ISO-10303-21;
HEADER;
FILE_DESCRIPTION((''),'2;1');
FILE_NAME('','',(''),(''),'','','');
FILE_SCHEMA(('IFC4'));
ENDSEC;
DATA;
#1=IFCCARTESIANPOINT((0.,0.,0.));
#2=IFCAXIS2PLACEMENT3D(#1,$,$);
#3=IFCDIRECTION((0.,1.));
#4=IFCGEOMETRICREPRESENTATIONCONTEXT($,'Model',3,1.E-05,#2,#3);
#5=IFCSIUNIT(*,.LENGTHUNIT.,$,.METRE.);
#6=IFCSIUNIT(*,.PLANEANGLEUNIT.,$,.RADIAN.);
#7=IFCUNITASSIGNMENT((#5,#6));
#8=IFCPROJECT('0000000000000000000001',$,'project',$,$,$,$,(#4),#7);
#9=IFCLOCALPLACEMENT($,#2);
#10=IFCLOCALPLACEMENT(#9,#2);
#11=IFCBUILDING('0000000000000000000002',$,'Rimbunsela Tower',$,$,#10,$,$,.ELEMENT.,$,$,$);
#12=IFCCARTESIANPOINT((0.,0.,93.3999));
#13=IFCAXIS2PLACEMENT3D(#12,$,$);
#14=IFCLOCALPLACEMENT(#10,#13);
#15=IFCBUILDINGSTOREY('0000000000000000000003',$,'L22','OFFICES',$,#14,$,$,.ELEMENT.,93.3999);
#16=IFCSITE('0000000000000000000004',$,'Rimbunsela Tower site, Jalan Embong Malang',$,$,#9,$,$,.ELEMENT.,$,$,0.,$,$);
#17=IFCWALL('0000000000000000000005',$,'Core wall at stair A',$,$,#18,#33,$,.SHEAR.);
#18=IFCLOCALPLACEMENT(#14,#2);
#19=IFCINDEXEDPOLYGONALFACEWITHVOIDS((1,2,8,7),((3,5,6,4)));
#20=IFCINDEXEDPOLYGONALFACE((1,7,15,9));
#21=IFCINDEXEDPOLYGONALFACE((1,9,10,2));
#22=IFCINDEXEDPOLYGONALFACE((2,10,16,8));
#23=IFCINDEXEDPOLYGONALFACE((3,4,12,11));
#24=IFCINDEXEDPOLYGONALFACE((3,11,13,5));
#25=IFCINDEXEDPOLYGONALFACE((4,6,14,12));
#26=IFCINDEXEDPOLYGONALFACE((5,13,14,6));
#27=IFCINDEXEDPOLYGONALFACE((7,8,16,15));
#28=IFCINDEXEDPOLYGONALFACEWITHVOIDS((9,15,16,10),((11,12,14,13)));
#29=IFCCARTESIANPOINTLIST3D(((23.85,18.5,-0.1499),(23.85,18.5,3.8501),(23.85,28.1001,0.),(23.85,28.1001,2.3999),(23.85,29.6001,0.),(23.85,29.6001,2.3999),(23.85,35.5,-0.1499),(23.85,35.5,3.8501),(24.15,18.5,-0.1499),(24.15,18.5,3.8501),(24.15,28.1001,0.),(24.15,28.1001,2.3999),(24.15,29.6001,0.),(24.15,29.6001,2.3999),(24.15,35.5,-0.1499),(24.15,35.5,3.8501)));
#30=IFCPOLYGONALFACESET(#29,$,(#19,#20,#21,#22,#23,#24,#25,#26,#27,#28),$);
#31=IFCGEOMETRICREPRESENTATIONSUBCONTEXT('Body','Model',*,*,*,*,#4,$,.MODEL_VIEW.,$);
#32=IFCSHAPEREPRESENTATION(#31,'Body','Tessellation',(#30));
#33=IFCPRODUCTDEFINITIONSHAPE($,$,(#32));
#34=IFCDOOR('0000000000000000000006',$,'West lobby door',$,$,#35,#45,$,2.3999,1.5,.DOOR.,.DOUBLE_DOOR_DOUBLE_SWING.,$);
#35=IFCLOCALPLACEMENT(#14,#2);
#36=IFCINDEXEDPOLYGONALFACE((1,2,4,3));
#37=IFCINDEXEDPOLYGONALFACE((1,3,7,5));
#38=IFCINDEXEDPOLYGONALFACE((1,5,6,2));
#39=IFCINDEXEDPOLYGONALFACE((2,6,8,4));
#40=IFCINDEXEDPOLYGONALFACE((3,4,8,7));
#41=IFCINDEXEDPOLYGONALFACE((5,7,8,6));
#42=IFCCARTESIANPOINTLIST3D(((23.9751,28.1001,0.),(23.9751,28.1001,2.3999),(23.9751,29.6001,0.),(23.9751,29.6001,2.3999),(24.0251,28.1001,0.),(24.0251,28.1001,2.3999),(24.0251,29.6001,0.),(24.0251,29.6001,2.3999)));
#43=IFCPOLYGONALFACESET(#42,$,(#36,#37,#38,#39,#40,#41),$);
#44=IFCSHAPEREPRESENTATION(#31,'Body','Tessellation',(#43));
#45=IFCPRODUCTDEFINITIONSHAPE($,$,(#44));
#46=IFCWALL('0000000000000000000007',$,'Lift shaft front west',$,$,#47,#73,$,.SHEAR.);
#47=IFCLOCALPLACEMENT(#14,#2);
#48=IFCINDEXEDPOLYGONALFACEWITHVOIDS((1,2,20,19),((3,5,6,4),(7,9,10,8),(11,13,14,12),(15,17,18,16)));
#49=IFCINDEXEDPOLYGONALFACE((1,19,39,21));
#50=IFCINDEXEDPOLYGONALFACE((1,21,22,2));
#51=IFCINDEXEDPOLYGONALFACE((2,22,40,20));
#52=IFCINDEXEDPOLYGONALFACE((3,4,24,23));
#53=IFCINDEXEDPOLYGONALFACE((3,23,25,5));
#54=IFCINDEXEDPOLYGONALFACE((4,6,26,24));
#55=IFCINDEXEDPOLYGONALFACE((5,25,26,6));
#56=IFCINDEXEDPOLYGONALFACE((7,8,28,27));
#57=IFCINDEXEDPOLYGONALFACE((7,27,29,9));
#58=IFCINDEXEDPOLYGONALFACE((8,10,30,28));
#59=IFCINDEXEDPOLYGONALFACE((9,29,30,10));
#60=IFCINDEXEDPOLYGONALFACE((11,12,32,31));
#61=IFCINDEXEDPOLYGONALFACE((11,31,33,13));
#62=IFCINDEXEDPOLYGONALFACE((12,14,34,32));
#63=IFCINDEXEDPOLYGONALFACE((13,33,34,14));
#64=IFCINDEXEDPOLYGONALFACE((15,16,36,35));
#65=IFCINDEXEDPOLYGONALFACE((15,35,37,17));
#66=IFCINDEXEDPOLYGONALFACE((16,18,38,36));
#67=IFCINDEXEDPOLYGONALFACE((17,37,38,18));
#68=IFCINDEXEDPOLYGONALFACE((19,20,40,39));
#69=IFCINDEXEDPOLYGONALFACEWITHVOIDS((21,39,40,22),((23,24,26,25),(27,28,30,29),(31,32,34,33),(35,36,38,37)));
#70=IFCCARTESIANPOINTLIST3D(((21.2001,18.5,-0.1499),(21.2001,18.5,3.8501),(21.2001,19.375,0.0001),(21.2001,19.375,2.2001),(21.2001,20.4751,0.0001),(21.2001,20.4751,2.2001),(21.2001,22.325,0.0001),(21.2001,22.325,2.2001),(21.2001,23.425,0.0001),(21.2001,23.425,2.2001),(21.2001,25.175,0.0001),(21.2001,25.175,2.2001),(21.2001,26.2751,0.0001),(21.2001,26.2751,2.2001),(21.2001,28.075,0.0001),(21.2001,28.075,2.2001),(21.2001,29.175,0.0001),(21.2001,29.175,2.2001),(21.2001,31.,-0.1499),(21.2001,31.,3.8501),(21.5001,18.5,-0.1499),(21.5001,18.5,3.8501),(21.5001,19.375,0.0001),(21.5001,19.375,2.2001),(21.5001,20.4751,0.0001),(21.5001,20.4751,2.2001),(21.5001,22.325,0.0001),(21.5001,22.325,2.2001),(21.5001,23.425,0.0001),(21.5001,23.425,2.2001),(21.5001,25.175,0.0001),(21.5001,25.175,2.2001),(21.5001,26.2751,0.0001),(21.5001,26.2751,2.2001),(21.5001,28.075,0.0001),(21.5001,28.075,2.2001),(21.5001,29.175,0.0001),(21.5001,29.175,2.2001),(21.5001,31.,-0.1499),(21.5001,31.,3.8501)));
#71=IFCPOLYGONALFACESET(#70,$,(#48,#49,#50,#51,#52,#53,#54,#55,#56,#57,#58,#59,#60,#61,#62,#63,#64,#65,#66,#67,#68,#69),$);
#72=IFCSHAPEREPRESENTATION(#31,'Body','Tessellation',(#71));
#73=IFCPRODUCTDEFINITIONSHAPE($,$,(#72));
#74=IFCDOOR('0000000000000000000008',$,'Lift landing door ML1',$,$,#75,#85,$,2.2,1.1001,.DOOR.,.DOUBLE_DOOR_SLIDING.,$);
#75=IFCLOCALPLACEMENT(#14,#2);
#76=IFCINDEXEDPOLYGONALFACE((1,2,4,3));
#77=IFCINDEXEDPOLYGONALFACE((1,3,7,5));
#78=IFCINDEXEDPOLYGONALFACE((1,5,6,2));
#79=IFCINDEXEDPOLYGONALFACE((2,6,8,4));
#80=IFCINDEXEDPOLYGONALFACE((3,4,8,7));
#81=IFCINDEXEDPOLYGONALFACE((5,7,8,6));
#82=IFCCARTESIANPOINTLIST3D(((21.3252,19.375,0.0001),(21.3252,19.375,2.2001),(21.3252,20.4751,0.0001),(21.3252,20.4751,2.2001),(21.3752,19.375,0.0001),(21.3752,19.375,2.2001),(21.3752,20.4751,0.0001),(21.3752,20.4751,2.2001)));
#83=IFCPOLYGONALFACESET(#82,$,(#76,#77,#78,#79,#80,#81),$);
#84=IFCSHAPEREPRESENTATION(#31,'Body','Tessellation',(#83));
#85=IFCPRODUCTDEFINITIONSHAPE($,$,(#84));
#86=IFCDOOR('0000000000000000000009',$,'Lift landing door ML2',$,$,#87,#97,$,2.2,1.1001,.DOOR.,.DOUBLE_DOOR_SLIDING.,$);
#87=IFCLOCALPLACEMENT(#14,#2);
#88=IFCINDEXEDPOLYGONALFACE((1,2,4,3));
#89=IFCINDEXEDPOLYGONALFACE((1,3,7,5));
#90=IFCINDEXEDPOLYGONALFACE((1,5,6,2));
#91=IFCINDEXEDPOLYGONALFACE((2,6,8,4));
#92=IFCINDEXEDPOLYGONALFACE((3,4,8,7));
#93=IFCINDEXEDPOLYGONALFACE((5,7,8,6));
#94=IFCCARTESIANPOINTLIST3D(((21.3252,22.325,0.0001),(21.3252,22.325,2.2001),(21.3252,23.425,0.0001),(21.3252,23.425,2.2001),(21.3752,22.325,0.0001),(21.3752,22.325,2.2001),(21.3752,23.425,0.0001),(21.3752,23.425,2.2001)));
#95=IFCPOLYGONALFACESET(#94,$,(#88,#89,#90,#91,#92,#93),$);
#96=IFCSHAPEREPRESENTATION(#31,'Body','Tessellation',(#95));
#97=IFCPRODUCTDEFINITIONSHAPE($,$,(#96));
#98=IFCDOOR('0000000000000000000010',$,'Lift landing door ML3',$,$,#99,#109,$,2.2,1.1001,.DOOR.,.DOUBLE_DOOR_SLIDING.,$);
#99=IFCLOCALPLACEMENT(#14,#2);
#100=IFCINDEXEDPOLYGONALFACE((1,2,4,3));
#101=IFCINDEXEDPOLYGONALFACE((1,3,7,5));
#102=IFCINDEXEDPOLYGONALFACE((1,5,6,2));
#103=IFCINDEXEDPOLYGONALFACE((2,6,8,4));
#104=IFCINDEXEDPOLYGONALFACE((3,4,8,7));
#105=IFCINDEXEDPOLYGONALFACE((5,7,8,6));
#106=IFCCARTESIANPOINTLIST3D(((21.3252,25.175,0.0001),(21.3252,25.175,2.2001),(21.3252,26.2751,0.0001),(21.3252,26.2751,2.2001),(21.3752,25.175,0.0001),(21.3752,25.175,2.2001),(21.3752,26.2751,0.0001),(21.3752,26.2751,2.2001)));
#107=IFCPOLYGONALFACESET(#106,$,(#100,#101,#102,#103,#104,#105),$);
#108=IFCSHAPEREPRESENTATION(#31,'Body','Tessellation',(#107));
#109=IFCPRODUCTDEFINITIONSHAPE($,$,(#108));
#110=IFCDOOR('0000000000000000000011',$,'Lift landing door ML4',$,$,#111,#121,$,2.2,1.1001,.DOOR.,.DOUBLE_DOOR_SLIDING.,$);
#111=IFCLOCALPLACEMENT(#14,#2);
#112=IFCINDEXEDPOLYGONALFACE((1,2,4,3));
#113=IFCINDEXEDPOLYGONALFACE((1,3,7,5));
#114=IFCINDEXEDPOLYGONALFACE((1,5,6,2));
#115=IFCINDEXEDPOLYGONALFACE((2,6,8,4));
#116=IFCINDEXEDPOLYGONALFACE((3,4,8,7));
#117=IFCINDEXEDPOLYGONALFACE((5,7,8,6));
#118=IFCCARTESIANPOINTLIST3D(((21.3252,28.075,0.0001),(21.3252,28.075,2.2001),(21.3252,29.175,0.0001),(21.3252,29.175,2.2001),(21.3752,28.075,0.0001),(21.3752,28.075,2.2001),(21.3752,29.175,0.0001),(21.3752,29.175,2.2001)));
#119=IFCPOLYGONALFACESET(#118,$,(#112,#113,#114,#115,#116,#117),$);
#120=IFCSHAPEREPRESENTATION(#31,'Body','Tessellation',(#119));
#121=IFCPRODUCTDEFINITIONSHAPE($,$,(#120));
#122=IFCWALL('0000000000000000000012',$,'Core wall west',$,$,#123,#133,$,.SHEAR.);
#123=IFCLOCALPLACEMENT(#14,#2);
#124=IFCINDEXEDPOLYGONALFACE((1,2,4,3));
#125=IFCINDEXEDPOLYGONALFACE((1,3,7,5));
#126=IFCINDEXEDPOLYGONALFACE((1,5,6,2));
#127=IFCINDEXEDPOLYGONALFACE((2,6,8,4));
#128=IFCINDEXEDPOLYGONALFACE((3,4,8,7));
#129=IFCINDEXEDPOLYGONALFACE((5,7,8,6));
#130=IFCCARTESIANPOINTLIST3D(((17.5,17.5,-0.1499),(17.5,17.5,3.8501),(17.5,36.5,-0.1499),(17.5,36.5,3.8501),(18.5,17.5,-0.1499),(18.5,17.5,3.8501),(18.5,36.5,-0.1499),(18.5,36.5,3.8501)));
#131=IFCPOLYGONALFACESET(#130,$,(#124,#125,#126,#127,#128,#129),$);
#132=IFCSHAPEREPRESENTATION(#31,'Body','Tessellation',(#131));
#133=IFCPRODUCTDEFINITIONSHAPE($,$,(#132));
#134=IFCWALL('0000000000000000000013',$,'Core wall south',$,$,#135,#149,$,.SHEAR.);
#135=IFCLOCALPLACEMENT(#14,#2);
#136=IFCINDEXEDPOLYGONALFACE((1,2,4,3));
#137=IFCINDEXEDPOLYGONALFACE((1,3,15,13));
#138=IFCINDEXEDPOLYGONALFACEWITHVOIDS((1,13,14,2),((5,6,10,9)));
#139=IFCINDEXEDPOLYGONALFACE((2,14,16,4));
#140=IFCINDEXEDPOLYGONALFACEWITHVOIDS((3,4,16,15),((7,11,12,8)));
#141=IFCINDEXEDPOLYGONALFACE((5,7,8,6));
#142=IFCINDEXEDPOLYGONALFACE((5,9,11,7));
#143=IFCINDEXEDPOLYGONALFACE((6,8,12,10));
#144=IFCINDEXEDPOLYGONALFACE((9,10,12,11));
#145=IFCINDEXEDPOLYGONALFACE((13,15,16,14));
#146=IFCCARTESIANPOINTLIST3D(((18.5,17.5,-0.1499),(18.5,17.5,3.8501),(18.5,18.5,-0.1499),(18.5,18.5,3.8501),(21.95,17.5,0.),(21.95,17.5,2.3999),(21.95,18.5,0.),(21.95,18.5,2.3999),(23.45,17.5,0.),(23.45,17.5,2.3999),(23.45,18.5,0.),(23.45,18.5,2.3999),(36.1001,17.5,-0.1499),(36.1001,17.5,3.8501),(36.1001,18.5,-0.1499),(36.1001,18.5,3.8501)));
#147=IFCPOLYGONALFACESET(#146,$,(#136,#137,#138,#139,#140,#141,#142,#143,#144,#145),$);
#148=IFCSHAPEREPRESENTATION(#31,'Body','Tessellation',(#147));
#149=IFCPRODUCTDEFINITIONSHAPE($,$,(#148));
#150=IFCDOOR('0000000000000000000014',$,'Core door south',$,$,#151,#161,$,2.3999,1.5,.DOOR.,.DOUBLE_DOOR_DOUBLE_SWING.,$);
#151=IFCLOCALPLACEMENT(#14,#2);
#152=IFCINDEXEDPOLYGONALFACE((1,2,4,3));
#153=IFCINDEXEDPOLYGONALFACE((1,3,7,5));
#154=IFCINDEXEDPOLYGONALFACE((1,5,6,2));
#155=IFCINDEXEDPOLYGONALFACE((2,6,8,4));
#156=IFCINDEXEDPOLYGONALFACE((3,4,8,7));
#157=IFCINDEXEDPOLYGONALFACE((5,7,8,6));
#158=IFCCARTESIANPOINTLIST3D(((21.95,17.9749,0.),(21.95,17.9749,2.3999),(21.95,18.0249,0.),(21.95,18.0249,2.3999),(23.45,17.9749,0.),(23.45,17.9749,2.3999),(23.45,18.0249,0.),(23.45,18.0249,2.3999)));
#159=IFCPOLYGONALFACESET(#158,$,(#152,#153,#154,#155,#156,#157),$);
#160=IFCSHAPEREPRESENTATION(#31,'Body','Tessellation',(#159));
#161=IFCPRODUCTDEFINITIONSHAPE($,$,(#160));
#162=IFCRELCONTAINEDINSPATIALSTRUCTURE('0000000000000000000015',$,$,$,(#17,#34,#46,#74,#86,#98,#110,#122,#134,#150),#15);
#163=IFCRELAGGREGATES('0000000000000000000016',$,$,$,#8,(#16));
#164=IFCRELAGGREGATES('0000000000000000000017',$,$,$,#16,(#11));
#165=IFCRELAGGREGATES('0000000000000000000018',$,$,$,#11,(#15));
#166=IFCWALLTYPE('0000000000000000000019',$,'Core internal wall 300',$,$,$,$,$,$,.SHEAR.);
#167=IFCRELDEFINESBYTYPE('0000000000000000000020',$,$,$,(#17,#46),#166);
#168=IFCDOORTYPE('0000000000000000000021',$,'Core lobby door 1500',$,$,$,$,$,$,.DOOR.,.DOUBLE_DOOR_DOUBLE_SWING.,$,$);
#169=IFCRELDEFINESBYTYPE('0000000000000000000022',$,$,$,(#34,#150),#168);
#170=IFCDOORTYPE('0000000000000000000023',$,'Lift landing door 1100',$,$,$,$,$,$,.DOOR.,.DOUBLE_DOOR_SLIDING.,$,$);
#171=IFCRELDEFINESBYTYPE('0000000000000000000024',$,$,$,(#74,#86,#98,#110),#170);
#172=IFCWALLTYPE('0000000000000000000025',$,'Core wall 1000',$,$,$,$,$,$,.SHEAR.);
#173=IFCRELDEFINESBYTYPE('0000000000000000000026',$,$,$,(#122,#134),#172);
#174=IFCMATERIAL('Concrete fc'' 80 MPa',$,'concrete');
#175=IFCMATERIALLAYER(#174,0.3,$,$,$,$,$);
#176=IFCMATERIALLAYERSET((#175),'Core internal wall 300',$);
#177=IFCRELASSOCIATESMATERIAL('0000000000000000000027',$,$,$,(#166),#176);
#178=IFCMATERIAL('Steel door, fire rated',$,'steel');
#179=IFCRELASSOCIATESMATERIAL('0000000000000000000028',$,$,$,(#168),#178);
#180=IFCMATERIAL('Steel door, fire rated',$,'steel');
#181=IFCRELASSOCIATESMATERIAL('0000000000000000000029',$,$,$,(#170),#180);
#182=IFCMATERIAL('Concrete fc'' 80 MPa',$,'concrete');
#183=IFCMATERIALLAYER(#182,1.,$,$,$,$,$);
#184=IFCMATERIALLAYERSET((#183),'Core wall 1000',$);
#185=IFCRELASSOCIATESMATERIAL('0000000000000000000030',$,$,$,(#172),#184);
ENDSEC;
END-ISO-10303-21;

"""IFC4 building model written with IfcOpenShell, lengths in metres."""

from ifc_helpers import new_model, si_unit, direction, frame, frame_2d, origin, place, context, subcontext, project, spatial, rectangle, extrude, material, layer, layer_set, type_object, element, fill, save


model = new_model("IFC4")

# Units and contexts
model_context = context("Model", 3, precision=1e-05, world=origin(), true_north=direction((0.0, 1.0)))
body_context = subcontext(model_context, "Body", "Model", "MODEL_VIEW")
ifc_project = project(units=[si_unit("LENGTHUNIT", "METRE"), si_unit("PLANEANGLEUNIT", "RADIAN")], contexts=[model_context])

# Site, building, storey
site_placement = place(None, origin())
site = spatial("IfcSite", under=ifc_project, at=site_placement, Name="Rimbunsela Tower site, Jalan Embong Malang", CompositionType="ELEMENT", RefElevation=0.0)
building_placement = place(site_placement, origin())
building = spatial("IfcBuilding", under=site, at=building_placement, Name="Rimbunsela Tower", CompositionType="ELEMENT")
storey_placement = place(building_placement, frame((0.0, 0.0, 93.3999)))
storey = spatial("IfcBuildingStorey", under=building, at=storey_placement, Name="L22", Description="OFFICES", CompositionType="ELEMENT", Elevation=93.3999)

# Wall, opening, door
ifc_material_1 = material(Name="Concrete fc' 80 MPa", Category="concrete")
ifc_layer_1 = layer(ifc_material_1, 0.3)
ifc_layer_set_1 = layer_set([ifc_layer_1], Name="Core internal wall 300")
wall_type_1 = type_object("IfcWallType", Name="Core internal wall 300", PredefinedType="SHEAR", material=ifc_layer_set_1)
wall_1_placement = place(storey_placement, frame((24.0, 18.5, -0.1499), z_axis=(0.0, 0.0, 1.0), x_axis=(0.0, 1.0, 0.0)))
wall_1 = element("IfcWall", 1, at=wall_1_placement, inside=storey, type_object=wall_type_1, Name="Core wall at stair A", PredefinedType="SHEAR", context=body_context, shape_type="SweptSolid", body=[
    extrude(rectangle(XDim=17.0, YDim=0.3, at=frame_2d((8.5, 0.0))), origin(), (0.0, 0.0, 1.0), 4.0),
])
opening_1_placement = place(wall_1_placement, frame((9.6001, 0.0, 0.1499)))
opening_1 = element("IfcOpeningElement", 2, at=opening_1_placement, cuts=wall_1, PredefinedType="OPENING", context=body_context, shape_type="SweptSolid", body=[
    extrude(rectangle(XDim=1.5, YDim=2.3999, at=frame_2d((0.75, 1.2))), frame((0.0, 0.1599, 0.0), z_axis=(0.0, -1.0, 0.0), x_axis=(1.0, 0.0, 0.0)), (0.0, 0.0, 1.0), 0.3201),
])
ifc_material_2 = material(Name="Steel door, fire rated", Category="steel")
door_type_1 = type_object("IfcDoorType", Name="Core lobby door 1500", OperationType="DOUBLE_DOOR_DOUBLE_SWING", PredefinedType="DOOR", material=ifc_material_2)
door_1_placement = place(opening_1_placement, origin())
door_1 = element("IfcDoor", 3, at=door_1_placement, inside=storey, type_object=door_type_1, Name="West lobby door", OperationType="DOUBLE_DOOR_DOUBLE_SWING", OverallHeight=2.3999, OverallWidth=1.5, PredefinedType="DOOR", context=body_context, shape_type="SweptSolid", body=[
    extrude(rectangle(XDim=1.5, YDim=2.3999, at=frame_2d((0.75, 1.2))), frame((0.0, 0.0249, 0.0), z_axis=(0.0, -1.0, 0.0), x_axis=(1.0, 0.0, 0.0)), (0.0, 0.0, 1.0), 0.05),
])
fill(opening_1, door_1)

# Wall, openings, doors
wall_2_placement = place(storey_placement, frame((21.3501, 18.5, -0.1499), z_axis=(0.0, 0.0, 1.0), x_axis=(0.0, 1.0, 0.0)))
wall_2 = element("IfcWall", 4, at=wall_2_placement, inside=storey, type_object=wall_type_1, Name="Lift shaft front west", PredefinedType="SHEAR", context=body_context, shape_type="SweptSolid", body=[
    extrude(rectangle(XDim=12.5, YDim=0.3, at=frame_2d((6.25, 0.0))), origin(), (0.0, 0.0, 1.0), 4.0),
])
opening_2_placement = place(wall_2_placement, frame((0.875, 0.0, 0.1499)))
opening_2 = element("IfcOpeningElement", 5, at=opening_2_placement, cuts=wall_2, PredefinedType="OPENING", context=body_context, shape_type="SweptSolid", body=[
    extrude(rectangle(XDim=1.1001, YDim=2.2, at=frame_2d((0.55, 1.1001))), frame((0.0, 0.1599, 0.0), z_axis=(0.0, -1.0, 0.0), x_axis=(1.0, 0.0, 0.0)), (0.0, 0.0, 1.0), 0.3201),
])
opening_3_placement = place(wall_2_placement, frame((3.825, 0.0, 0.1499)))
opening_3 = element("IfcOpeningElement", 6, at=opening_3_placement, cuts=wall_2, PredefinedType="OPENING", context=body_context, shape_type="SweptSolid", body=[
    extrude(rectangle(XDim=1.1001, YDim=2.2, at=frame_2d((0.55, 1.1001))), frame((0.0, 0.1599, 0.0), z_axis=(0.0, -1.0, 0.0), x_axis=(1.0, 0.0, 0.0)), (0.0, 0.0, 1.0), 0.3201),
])
opening_4_placement = place(wall_2_placement, frame((6.675, 0.0, 0.1499)))
opening_4 = element("IfcOpeningElement", 7, at=opening_4_placement, cuts=wall_2, PredefinedType="OPENING", context=body_context, shape_type="SweptSolid", body=[
    extrude(rectangle(XDim=1.1001, YDim=2.2, at=frame_2d((0.55, 1.1001))), frame((0.0, 0.1599, 0.0), z_axis=(0.0, -1.0, 0.0), x_axis=(1.0, 0.0, 0.0)), (0.0, 0.0, 1.0), 0.3201),
])
opening_5_placement = place(wall_2_placement, frame((9.575, 0.0, 0.1499)))
opening_5 = element("IfcOpeningElement", 8, at=opening_5_placement, cuts=wall_2, PredefinedType="OPENING", context=body_context, shape_type="SweptSolid", body=[
    extrude(rectangle(XDim=1.1001, YDim=2.2, at=frame_2d((0.55, 1.1001))), frame((0.0, 0.1599, 0.0), z_axis=(0.0, -1.0, 0.0), x_axis=(1.0, 0.0, 0.0)), (0.0, 0.0, 1.0), 0.3201),
])
ifc_material_3 = material(Name="Steel door, fire rated", Category="steel")
door_type_2 = type_object("IfcDoorType", Name="Lift landing door 1100", OperationType="DOUBLE_DOOR_SLIDING", PredefinedType="DOOR", material=ifc_material_3)
door_2_placement = place(opening_2_placement, origin())
door_2 = element("IfcDoor", 9, at=door_2_placement, inside=storey, type_object=door_type_2, Name="Lift landing door ML1", OperationType="DOUBLE_DOOR_SLIDING", OverallHeight=2.2, OverallWidth=1.1001, PredefinedType="DOOR", context=body_context, shape_type="SweptSolid", body=[
    extrude(rectangle(XDim=1.1001, YDim=2.2, at=frame_2d((0.55, 1.1001))), frame((0.0, 0.0249, 0.0), z_axis=(0.0, -1.0, 0.0), x_axis=(1.0, 0.0, 0.0)), (0.0, 0.0, 1.0), 0.05),
])
fill(opening_2, door_2)
door_3_placement = place(opening_3_placement, origin())
door_3 = element("IfcDoor", 10, at=door_3_placement, inside=storey, type_object=door_type_2, Name="Lift landing door ML2", OperationType="DOUBLE_DOOR_SLIDING", OverallHeight=2.2, OverallWidth=1.1001, PredefinedType="DOOR", context=body_context, shape_type="SweptSolid", body=[
    extrude(rectangle(XDim=1.1001, YDim=2.2, at=frame_2d((0.55, 1.1001))), frame((0.0, 0.0249, 0.0), z_axis=(0.0, -1.0, 0.0), x_axis=(1.0, 0.0, 0.0)), (0.0, 0.0, 1.0), 0.05),
])
fill(opening_3, door_3)
door_4_placement = place(opening_4_placement, origin())
door_4 = element("IfcDoor", 11, at=door_4_placement, inside=storey, type_object=door_type_2, Name="Lift landing door ML3", OperationType="DOUBLE_DOOR_SLIDING", OverallHeight=2.2, OverallWidth=1.1001, PredefinedType="DOOR", context=body_context, shape_type="SweptSolid", body=[
    extrude(rectangle(XDim=1.1001, YDim=2.2, at=frame_2d((0.55, 1.1001))), frame((0.0, 0.0249, 0.0), z_axis=(0.0, -1.0, 0.0), x_axis=(1.0, 0.0, 0.0)), (0.0, 0.0, 1.0), 0.05),
])
fill(opening_4, door_4)
door_5_placement = place(opening_5_placement, origin())
door_5 = element("IfcDoor", 12, at=door_5_placement, inside=storey, type_object=door_type_2, Name="Lift landing door ML4", OperationType="DOUBLE_DOOR_SLIDING", OverallHeight=2.2, OverallWidth=1.1001, PredefinedType="DOOR", context=body_context, shape_type="SweptSolid", body=[
    extrude(rectangle(XDim=1.1001, YDim=2.2, at=frame_2d((0.55, 1.1001))), frame((0.0, 0.0249, 0.0), z_axis=(0.0, -1.0, 0.0), x_axis=(1.0, 0.0, 0.0)), (0.0, 0.0, 1.0), 0.05),
])
fill(opening_5, door_5)

# Wall
ifc_material_4 = material(Name="Concrete fc' 80 MPa", Category="concrete")
ifc_layer_2 = layer(ifc_material_4, 1.0)
ifc_layer_set_2 = layer_set([ifc_layer_2], Name="Core wall 1000")
wall_type_2 = type_object("IfcWallType", Name="Core wall 1000", PredefinedType="SHEAR", material=ifc_layer_set_2)
wall_3_placement = place(storey_placement, frame((18.0, 17.5, -0.1499), z_axis=(0.0, 0.0, 1.0), x_axis=(0.0, 1.0, 0.0)))
element("IfcWall", 13, at=wall_3_placement, inside=storey, type_object=wall_type_2, Name="Core wall west", PredefinedType="SHEAR", context=body_context, shape_type="SweptSolid", body=[
    extrude(rectangle(XDim=19.0, YDim=1.0, at=frame_2d((9.5, 0.0))), origin(), (0.0, 0.0, 1.0), 4.0),
])

# Wall, opening, door
wall_4_placement = place(storey_placement, frame((18.5, 18.0, -0.1499), z_axis=(0.0, 0.0, 1.0), x_axis=(1.0, 0.0, 0.0)))
wall_4 = element("IfcWall", 14, at=wall_4_placement, inside=storey, type_object=wall_type_2, Name="Core wall south", PredefinedType="SHEAR", context=body_context, shape_type="SweptSolid", body=[
    extrude(rectangle(XDim=17.6001, YDim=1.0, at=frame_2d((8.8, 0.0))), origin(), (0.0, 0.0, 1.0), 4.0),
])
opening_6_placement = place(wall_4_placement, frame((3.45, 0.0, 0.1499)))
opening_6 = element("IfcOpeningElement", 15, at=opening_6_placement, cuts=wall_4, PredefinedType="OPENING", context=body_context, shape_type="SweptSolid", body=[
    extrude(rectangle(XDim=1.5, YDim=2.3999, at=frame_2d((0.75, 1.2))), frame((0.0, 0.51, 0.0), z_axis=(0.0, -1.0, 0.0), x_axis=(1.0, 0.0, 0.0)), (0.0, 0.0, 1.0), 1.02),
])
door_6_placement = place(opening_6_placement, origin())
door_6 = element("IfcDoor", 16, at=door_6_placement, inside=storey, type_object=door_type_1, Name="Core door south", OperationType="DOUBLE_DOOR_DOUBLE_SWING", OverallHeight=2.3999, OverallWidth=1.5, PredefinedType="DOOR", context=body_context, shape_type="SweptSolid", body=[
    extrude(rectangle(XDim=1.5, YDim=2.3999, at=frame_2d((0.75, 1.2))), frame((0.0, 0.0249, 0.0), z_axis=(0.0, -1.0, 0.0), x_axis=(1.0, 0.0, 0.0)), (0.0, 0.0, 1.0), 0.05),
])
fill(opening_6, door_6)

save(model, "model.ifc")
